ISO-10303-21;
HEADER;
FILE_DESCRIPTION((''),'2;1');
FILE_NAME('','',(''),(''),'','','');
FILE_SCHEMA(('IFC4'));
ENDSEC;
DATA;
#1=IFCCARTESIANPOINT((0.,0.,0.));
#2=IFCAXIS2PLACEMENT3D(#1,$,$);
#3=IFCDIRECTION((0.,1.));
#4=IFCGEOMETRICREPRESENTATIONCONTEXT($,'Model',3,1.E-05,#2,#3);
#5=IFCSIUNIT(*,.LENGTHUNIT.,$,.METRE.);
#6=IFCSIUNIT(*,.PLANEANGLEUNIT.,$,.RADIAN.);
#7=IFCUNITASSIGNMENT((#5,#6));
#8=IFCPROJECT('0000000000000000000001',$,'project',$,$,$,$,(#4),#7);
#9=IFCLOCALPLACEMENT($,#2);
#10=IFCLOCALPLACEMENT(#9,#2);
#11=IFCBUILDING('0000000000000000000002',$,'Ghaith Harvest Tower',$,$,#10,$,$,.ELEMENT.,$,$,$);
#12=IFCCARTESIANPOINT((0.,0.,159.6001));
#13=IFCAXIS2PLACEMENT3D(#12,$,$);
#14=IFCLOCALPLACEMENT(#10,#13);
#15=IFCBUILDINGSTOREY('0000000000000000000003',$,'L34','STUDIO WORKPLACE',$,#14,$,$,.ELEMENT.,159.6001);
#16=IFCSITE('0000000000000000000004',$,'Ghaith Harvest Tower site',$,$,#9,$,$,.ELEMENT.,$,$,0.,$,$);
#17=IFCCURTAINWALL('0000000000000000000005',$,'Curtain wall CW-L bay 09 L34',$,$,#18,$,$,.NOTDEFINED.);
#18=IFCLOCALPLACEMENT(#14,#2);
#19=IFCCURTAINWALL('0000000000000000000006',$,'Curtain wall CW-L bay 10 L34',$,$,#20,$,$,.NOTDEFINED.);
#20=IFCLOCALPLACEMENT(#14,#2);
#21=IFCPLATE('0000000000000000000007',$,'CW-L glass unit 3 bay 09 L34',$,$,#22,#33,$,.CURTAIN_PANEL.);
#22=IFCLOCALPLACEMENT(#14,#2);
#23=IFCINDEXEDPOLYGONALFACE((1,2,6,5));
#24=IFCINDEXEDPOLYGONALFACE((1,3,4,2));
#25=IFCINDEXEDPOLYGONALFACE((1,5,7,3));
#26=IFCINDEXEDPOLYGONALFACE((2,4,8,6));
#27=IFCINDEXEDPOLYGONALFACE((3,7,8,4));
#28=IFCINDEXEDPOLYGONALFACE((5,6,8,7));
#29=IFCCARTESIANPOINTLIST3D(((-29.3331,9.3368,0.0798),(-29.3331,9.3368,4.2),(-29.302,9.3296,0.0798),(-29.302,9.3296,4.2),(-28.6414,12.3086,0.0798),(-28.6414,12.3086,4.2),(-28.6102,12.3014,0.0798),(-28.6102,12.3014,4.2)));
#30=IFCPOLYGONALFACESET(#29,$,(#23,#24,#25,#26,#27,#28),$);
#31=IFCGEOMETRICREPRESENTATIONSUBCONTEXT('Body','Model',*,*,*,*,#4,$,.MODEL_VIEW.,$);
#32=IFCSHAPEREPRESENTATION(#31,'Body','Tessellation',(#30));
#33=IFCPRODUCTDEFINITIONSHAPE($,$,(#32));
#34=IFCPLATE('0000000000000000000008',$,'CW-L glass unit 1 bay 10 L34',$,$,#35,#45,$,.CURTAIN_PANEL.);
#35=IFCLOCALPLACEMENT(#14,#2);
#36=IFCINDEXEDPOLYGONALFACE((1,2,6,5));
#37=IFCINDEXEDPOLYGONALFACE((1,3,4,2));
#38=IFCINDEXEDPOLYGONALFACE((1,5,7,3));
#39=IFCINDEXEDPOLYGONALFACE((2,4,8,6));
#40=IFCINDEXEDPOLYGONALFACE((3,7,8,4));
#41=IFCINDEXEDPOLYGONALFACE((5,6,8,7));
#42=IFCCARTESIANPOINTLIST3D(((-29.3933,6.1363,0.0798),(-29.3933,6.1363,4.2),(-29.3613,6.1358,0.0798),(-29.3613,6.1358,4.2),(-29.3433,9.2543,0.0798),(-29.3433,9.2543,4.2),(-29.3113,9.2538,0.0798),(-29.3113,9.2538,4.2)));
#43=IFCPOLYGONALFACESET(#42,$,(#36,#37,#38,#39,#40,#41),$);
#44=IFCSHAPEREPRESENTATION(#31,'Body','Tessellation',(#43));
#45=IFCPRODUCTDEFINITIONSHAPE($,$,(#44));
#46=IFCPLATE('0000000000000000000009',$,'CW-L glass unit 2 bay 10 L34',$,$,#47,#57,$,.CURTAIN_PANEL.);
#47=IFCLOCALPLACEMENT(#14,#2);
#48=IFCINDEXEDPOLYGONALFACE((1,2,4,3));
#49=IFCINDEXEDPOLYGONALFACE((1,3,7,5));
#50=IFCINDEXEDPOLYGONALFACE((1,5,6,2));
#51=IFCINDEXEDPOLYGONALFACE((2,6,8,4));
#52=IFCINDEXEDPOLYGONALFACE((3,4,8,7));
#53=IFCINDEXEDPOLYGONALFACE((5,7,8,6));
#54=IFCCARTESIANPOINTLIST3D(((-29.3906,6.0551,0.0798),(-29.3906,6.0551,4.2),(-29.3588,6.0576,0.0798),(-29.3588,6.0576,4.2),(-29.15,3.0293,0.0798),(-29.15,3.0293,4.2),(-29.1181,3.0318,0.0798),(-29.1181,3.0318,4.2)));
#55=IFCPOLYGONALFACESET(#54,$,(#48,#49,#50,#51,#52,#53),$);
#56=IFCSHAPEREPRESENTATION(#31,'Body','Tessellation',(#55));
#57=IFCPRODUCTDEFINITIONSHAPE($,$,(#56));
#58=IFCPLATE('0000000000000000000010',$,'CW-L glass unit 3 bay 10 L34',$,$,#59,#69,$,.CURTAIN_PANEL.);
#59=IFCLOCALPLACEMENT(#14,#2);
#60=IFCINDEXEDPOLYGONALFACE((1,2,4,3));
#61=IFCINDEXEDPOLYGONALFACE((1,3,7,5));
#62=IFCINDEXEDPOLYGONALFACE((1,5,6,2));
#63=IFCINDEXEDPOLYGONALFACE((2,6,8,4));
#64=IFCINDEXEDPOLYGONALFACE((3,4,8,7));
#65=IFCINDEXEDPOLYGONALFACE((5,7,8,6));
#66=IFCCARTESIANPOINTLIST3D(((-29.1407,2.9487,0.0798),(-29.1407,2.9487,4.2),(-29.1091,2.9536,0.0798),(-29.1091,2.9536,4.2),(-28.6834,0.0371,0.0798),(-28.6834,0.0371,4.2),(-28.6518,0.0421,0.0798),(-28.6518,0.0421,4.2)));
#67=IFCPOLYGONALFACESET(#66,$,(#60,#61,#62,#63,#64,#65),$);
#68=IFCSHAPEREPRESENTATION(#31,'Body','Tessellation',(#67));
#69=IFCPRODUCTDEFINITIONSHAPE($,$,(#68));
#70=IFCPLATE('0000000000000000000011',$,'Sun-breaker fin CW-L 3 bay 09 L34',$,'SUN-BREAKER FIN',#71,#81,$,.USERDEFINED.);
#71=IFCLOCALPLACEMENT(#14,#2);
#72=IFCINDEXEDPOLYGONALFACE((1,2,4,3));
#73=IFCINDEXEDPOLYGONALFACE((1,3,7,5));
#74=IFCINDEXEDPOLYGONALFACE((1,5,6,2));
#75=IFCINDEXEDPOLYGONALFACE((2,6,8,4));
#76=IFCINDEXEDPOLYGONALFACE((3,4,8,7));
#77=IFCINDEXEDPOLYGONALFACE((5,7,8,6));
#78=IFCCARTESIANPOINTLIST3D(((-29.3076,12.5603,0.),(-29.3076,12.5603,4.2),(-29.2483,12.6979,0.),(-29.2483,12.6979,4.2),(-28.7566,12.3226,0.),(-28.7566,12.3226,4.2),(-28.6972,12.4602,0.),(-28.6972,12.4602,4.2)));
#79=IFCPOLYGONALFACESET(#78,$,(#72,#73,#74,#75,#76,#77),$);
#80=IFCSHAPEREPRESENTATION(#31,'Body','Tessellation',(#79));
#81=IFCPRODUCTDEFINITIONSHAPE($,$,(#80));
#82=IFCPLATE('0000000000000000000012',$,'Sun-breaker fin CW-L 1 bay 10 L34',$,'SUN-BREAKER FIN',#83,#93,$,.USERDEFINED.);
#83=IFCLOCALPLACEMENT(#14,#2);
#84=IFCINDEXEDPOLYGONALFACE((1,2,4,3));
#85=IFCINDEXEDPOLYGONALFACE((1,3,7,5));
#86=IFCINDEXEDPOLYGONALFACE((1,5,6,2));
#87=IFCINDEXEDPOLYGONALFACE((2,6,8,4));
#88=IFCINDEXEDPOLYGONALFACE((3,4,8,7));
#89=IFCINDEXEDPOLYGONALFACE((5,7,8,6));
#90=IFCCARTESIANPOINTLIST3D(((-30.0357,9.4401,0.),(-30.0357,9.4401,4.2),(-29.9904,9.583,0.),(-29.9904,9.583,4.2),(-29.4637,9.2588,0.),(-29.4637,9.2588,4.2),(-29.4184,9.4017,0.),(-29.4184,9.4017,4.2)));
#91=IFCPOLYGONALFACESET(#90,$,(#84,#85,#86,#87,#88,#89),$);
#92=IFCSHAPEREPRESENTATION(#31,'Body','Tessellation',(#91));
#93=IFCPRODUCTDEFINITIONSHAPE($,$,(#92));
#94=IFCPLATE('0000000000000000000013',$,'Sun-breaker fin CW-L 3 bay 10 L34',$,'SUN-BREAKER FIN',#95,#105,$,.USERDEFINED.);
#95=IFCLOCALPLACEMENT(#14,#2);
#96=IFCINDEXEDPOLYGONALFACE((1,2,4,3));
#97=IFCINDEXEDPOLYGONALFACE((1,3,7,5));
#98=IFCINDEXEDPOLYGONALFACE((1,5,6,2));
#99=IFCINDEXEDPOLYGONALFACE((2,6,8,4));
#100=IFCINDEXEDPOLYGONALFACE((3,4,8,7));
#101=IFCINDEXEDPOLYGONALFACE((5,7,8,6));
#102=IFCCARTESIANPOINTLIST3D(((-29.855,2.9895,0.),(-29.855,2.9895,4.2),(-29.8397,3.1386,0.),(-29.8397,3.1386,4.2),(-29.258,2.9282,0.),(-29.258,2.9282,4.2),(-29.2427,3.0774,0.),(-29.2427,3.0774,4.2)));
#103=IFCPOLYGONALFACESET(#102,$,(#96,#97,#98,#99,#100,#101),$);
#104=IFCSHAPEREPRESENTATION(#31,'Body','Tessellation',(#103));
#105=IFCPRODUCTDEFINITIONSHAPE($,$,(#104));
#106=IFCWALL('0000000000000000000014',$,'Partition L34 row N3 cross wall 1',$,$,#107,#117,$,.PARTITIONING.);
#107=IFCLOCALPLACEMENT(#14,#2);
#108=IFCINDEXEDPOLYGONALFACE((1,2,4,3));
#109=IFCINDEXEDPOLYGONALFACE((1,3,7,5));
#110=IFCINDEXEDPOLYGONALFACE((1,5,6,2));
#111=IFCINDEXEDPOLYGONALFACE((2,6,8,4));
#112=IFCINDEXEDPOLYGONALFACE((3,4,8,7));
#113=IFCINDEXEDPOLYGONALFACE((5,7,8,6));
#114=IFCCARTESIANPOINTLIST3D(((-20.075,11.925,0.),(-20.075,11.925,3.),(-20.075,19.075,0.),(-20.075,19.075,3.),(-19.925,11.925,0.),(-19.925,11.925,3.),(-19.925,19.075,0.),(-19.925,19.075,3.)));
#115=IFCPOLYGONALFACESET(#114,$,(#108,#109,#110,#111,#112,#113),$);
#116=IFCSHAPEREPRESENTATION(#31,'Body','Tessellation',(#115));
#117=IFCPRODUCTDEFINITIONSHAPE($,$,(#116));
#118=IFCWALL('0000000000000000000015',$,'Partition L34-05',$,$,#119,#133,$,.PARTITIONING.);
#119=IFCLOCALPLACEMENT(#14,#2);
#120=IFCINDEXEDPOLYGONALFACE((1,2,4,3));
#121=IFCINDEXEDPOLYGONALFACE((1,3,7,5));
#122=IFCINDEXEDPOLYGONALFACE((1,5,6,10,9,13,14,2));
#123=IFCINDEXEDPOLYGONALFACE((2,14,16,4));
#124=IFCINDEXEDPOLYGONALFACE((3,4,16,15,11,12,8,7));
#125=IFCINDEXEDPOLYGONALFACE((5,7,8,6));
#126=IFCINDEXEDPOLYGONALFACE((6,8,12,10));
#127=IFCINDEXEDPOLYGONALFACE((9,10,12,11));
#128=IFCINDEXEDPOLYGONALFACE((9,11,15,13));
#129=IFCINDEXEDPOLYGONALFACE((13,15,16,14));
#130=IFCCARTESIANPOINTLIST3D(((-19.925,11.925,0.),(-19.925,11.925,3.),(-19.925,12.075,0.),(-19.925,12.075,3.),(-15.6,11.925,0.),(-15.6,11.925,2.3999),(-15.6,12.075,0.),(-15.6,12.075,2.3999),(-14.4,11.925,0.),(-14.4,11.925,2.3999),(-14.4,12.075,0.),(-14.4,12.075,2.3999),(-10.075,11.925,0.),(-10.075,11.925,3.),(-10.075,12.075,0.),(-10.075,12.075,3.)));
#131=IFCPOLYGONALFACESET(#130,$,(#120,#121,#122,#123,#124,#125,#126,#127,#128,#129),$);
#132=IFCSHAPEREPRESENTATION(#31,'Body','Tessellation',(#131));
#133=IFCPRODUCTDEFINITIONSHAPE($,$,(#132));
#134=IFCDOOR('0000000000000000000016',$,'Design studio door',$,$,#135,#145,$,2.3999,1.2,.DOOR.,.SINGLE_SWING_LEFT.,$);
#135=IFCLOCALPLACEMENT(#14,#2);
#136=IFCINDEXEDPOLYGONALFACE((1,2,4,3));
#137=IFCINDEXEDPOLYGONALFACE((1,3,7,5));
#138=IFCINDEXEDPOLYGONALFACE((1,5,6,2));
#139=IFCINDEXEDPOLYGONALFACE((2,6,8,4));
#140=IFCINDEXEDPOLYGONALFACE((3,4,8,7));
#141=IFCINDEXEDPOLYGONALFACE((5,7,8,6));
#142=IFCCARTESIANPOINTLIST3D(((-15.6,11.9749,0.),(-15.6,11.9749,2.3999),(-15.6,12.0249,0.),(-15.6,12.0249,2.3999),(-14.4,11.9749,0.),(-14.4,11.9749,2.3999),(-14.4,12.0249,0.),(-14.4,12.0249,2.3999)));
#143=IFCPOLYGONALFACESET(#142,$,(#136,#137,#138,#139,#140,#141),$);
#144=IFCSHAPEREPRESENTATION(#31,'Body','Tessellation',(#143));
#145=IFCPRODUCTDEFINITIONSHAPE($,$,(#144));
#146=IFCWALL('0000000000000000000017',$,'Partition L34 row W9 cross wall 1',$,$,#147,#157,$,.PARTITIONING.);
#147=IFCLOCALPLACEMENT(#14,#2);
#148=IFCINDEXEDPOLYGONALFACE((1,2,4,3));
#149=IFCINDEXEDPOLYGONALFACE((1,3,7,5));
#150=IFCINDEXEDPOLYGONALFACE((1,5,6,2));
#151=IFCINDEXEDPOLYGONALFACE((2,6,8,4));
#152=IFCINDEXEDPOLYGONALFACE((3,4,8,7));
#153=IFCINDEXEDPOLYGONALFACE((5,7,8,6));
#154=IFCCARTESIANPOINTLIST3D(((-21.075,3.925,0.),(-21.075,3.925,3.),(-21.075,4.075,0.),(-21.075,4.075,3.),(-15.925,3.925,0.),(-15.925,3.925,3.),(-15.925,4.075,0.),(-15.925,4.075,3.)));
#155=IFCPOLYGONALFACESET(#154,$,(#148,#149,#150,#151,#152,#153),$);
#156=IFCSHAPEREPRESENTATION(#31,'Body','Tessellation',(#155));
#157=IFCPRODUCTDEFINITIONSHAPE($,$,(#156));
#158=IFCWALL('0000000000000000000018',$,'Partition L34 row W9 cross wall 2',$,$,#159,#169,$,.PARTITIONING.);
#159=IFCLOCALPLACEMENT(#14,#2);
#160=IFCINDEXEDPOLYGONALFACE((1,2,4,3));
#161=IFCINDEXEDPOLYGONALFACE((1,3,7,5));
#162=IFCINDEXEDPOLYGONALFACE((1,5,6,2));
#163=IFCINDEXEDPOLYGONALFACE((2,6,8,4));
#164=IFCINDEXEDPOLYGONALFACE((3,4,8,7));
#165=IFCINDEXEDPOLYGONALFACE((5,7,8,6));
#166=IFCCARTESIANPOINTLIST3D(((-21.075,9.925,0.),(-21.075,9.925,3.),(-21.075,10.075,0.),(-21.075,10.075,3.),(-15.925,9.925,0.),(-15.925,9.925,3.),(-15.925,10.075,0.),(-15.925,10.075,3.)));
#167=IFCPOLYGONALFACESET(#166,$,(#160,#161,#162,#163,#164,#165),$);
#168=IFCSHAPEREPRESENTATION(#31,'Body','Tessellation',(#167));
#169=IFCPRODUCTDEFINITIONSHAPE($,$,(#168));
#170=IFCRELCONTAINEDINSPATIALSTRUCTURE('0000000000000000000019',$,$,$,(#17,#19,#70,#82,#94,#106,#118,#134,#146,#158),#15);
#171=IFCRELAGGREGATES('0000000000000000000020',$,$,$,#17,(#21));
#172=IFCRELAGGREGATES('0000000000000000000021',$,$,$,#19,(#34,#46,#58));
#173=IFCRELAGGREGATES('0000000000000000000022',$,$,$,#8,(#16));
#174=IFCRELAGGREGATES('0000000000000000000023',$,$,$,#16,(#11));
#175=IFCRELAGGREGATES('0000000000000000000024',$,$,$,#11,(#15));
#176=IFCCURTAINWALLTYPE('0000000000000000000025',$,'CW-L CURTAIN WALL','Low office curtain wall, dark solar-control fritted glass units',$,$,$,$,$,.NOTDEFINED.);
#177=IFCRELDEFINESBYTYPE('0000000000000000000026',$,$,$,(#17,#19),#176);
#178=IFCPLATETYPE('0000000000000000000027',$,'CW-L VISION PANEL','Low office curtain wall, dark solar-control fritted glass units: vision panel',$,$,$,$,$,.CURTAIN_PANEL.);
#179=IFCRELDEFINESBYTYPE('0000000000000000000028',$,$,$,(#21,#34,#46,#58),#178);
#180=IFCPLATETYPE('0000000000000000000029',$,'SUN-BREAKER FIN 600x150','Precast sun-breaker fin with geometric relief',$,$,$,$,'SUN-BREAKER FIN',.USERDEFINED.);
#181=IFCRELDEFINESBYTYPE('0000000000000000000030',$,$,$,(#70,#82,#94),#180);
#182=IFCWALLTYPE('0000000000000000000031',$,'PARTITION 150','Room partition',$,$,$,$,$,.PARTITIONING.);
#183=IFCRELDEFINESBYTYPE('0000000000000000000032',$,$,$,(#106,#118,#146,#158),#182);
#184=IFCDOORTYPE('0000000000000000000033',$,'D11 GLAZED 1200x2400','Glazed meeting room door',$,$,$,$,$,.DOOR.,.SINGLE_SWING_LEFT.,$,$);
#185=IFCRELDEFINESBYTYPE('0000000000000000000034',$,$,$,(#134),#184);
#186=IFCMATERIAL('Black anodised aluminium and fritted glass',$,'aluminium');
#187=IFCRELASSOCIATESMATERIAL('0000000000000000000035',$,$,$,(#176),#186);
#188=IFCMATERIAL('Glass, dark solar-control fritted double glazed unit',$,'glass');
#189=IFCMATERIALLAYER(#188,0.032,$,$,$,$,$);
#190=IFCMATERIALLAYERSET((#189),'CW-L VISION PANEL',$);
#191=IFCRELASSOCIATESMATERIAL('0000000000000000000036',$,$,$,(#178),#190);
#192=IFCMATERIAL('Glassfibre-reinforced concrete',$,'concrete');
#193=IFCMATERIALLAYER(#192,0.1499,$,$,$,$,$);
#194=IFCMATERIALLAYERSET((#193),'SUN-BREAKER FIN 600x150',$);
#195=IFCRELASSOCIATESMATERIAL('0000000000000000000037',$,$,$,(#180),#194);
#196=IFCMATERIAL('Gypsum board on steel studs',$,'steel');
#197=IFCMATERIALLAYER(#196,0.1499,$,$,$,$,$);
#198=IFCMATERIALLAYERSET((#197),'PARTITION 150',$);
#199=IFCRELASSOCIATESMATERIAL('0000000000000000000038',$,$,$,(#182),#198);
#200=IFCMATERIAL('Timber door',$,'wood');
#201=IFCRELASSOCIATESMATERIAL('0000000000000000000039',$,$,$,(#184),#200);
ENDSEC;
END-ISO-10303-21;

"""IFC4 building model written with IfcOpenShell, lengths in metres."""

from ifc_helpers import new_model, si_unit, direction, frame, frame_2d, origin, origin_2d, place, context, subcontext, project, spatial, rectangle, extrude, material, layer, layer_set, type_object, element, fill, aggregate, save


model = new_model("IFC4")

# Units and contexts
model_context = context("Model", 3, precision=1e-05, world=origin(), true_north=direction((0.0, 1.0)))
body_context = subcontext(model_context, "Body", "Model", "MODEL_VIEW")
ifc_project = project(units=[si_unit("LENGTHUNIT", "METRE"), si_unit("PLANEANGLEUNIT", "RADIAN")], contexts=[model_context])

# Site, building, storey
site_placement = place(None, origin())
site = spatial("IfcSite", under=ifc_project, at=site_placement, Name="Ghaith Harvest Tower site", CompositionType="ELEMENT", RefElevation=0.0)
building_placement = place(site_placement, origin())
building = spatial("IfcBuilding", under=site, at=building_placement, Name="Ghaith Harvest Tower", CompositionType="ELEMENT")
storey_placement = place(building_placement, frame((0.0, 0.0, 159.6001)))
storey = spatial("IfcBuildingStorey", under=building, at=storey_placement, Name="L34", Description="STUDIO WORKPLACE", CompositionType="ELEMENT", Elevation=159.6001)

# Curtain wall
ifc_material_1 = material(Name="Black anodised aluminium and fritted glass", Category="aluminium")
curtain_wall_type = type_object("IfcCurtainWallType", Name="CW-L CURTAIN WALL", Description="Low office curtain wall, dark solar-control fritted glass units", PredefinedType="NOTDEFINED", material=ifc_material_1)
curtain_wall_1_placement = place(storey_placement, origin())
curtain_wall_1 = element("IfcCurtainWall", 1, at=curtain_wall_1_placement, inside=storey, type_object=curtain_wall_type, Name="Curtain wall CW-L bay 09 L34", PredefinedType="NOTDEFINED")

# Curtain wall
curtain_wall_2_placement = place(storey_placement, origin())
curtain_wall_2 = element("IfcCurtainWall", 2, at=curtain_wall_2_placement, inside=storey, type_object=curtain_wall_type, Name="Curtain wall CW-L bay 10 L34", PredefinedType="NOTDEFINED")

# Plates
ifc_material_2 = material(Name="Glass, dark solar-control fritted double glazed unit", Category="glass")
ifc_layer_1 = layer(ifc_material_2, 0.032)
ifc_layer_set_1 = layer_set([ifc_layer_1], Name="CW-L VISION PANEL")
plate_type_1 = type_object("IfcPlateType", Name="CW-L VISION PANEL", Description="Low office curtain wall, dark solar-control fritted glass units: vision panel", PredefinedType="CURTAIN_PANEL", material=ifc_layer_set_1)
plate_1_placement = place(storey_placement, frame((-28.9717, 10.8191, 0.0798), z_axis=(0.0, 0.0, 1.0), x_axis=(-0.226699, -0.973965, 0.0)))
plate_1 = element("IfcPlate", 3, at=plate_1_placement, type_object=plate_type_1, Name="CW-L glass unit 3 bay 09 L34", PredefinedType="CURTAIN_PANEL", context=body_context, shape_type="SweptSolid", body=[
    extrude(rectangle(XDim=3.0513, YDim=0.032, at=origin_2d()), origin(), (0.0, 0.0, 1.0), 4.1201),
])
aggregate(curtain_wall_1, [plate_1])
plate_2_placement = place(storey_placement, frame((-29.3523, 7.6951, 0.0798), z_axis=(0.0, 0.0, 1.0), x_axis=(-0.016034, -0.999871, 0.0)))
plate_2 = element("IfcPlate", 4, at=plate_2_placement, type_object=plate_type_1, Name="CW-L glass unit 1 bay 10 L34", PredefinedType="CURTAIN_PANEL", context=body_context, shape_type="SweptSolid", body=[
    extrude(rectangle(XDim=3.1184, YDim=0.032, at=origin_2d()), origin(), (0.0, 0.0, 1.0), 4.1201),
])
plate_3_placement = place(storey_placement, frame((-29.2544, 4.5435, 0.0798), z_axis=(0.0, 0.0, 1.0), x_axis=(0.079273, -0.996853, 0.0)))
plate_3 = element("IfcPlate", 5, at=plate_3_placement, type_object=plate_type_1, Name="CW-L glass unit 2 bay 10 L34", PredefinedType="CURTAIN_PANEL", context=body_context, shape_type="SweptSolid", body=[
    extrude(rectangle(XDim=3.0354, YDim=0.032, at=origin_2d()), origin(), (0.0, 0.0, 1.0), 4.1201),
])
plate_4_placement = place(storey_placement, frame((-28.8962, 1.4954, 0.0798), z_axis=(0.0, 0.0, 1.0), x_axis=(0.155172, -0.987887, 0.0)))
plate_4 = element("IfcPlate", 6, at=plate_4_placement, type_object=plate_type_1, Name="CW-L glass unit 3 bay 10 L34", PredefinedType="CURTAIN_PANEL", context=body_context, shape_type="SweptSolid", body=[
    extrude(rectangle(XDim=2.9473, YDim=0.032, at=origin_2d()), origin(), (0.0, 0.0, 1.0), 4.1201),
])
aggregate(curtain_wall_2, [plate_2, plate_3, plate_4])

# Plates
ifc_material_3 = material(Name="Glassfibre-reinforced concrete", Category="concrete")
ifc_layer_2 = layer(ifc_material_3, 0.1499)
ifc_layer_set_2 = layer_set([ifc_layer_2], Name="SUN-BREAKER FIN 600x150")
plate_type_2 = type_object("IfcPlateType", Name="SUN-BREAKER FIN 600x150", Description="Precast sun-breaker fin with geometric relief", ElementType="SUN-BREAKER FIN", PredefinedType="USERDEFINED", material=ifc_layer_set_2)
for number, where, z_axis, x_axis, name in (
    (7, (-29.0024, 12.5103, 0.0), (0.0, 0.0, 1.0), (-0.918218, 0.396075, 0.0), "Sun-breaker fin CW-L 3 bay 09 L34"),
    (8, (-29.7271, 9.4209, 0.0), (0.0, 0.0, 1.0), (-0.953273, 0.30211, 0.0), "Sun-breaker fin CW-L 1 bay 10 L34"),
    (9, (-29.5488, 3.0334, 0.0), (0.0, 0.0, 1.0), (-0.994772, 0.102123, 0.0), "Sun-breaker fin CW-L 3 bay 10 L34"),
):
    element("IfcPlate", number, at=place(storey_placement, frame(where, z_axis=z_axis, x_axis=x_axis)), inside=storey, type_object=plate_type_2, Name=name, ObjectType="SUN-BREAKER FIN", PredefinedType="USERDEFINED", context=body_context, shape_type="SweptSolid", body=[
        extrude(rectangle(XDim=0.6001, YDim=0.1499, at=origin_2d()), origin(), (0.0, 0.0, 1.0), 4.2),
    ])

# Wall
ifc_material_4 = material(Name="Gypsum board on steel studs", Category="steel")
ifc_layer_3 = layer(ifc_material_4, 0.1499)
ifc_layer_set_3 = layer_set([ifc_layer_3], Name="PARTITION 150")
wall_type = type_object("IfcWallType", Name="PARTITION 150", Description="Room partition", PredefinedType="PARTITIONING", material=ifc_layer_set_3)
wall_1_placement = place(storey_placement, frame((-20.0, 11.925, 0.0), z_axis=(0.0, 0.0, 1.0), x_axis=(0.0, 1.0, 0.0)))
element("IfcWall", 10, at=wall_1_placement, inside=storey, type_object=wall_type, Name="Partition L34 row N3 cross wall 1", PredefinedType="PARTITIONING", context=body_context, shape_type="SweptSolid", body=[
    extrude(rectangle(XDim=7.1499, YDim=0.1499, at=frame_2d((3.575, 0.0))), origin(), (0.0, 0.0, 1.0), 3.0),
])

# Wall, opening, door
wall_2_placement = place(storey_placement, frame((-19.925, 12.0, 0.0), z_axis=(0.0, 0.0, 1.0), x_axis=(1.0, 0.0, 0.0)))
wall_2 = element("IfcWall", 11, at=wall_2_placement, inside=storey, type_object=wall_type, Name="Partition L34-05", PredefinedType="PARTITIONING", context=body_context, shape_type="SweptSolid", body=[
    extrude(rectangle(XDim=9.8501, YDim=0.1499, at=frame_2d((4.925, 0.0))), origin(), (0.0, 0.0, 1.0), 3.0),
])
opening_1_placement = place(wall_2_placement, frame((4.325, 0.0, 0.0)))
opening_1 = element("IfcOpeningElement", 12, at=opening_1_placement, cuts=wall_2, PredefinedType="OPENING", context=body_context, shape_type="SweptSolid", body=[
    extrude(rectangle(XDim=1.2, YDim=2.3999, at=frame_2d((0.6001, 1.2))), frame((0.0, 0.085, 0.0), z_axis=(0.0, -1.0, 0.0), x_axis=(1.0, 0.0, 0.0)), (0.0, 0.0, 1.0), 0.1699),
])
ifc_material_5 = material(Name="Timber door", Category="wood")
door_type_1 = type_object("IfcDoorType", Name="D11 GLAZED 1200x2400", Description="Glazed meeting room door", OperationType="SINGLE_SWING_LEFT", PredefinedType="DOOR", material=ifc_material_5)
door_1_placement = place(opening_1_placement, origin())
door_1 = element("IfcDoor", 13, at=door_1_placement, inside=storey, type_object=door_type_1, Name="Design studio door", OperationType="SINGLE_SWING_LEFT", OverallHeight=2.3999, OverallWidth=1.2, PredefinedType="DOOR", context=body_context, shape_type="SweptSolid", body=[
    extrude(rectangle(XDim=1.2, YDim=2.3999, at=frame_2d((0.6001, 1.2))), frame((0.0, 0.0249, 0.0), z_axis=(0.0, -1.0, 0.0), x_axis=(1.0, 0.0, 0.0)), (0.0, 0.0, 1.0), 0.05),
])
fill(opening_1, door_1)

# Walls
for number, where, z_axis, x_axis, name in (
    (14, (-15.925, 4.0, 0.0), (0.0, 0.0, 1.0), (-1.0, 0.0, 0.0), "Partition L34 row W9 cross wall 1"),
    (15, (-15.925, 10.0, 0.0), (0.0, 0.0, 1.0), (-1.0, 0.0, 0.0), "Partition L34 row W9 cross wall 2"),
):
    element("IfcWall", number, at=place(storey_placement, frame(where, z_axis=z_axis, x_axis=x_axis)), inside=storey, type_object=wall_type, Name=name, PredefinedType="PARTITIONING", context=body_context, shape_type="SweptSolid", body=[
        extrude(rectangle(XDim=5.1499, YDim=0.1499, at=frame_2d((2.575, 0.0))), origin(), (0.0, 0.0, 1.0), 3.0),
    ])

save(model, "model.ifc")
